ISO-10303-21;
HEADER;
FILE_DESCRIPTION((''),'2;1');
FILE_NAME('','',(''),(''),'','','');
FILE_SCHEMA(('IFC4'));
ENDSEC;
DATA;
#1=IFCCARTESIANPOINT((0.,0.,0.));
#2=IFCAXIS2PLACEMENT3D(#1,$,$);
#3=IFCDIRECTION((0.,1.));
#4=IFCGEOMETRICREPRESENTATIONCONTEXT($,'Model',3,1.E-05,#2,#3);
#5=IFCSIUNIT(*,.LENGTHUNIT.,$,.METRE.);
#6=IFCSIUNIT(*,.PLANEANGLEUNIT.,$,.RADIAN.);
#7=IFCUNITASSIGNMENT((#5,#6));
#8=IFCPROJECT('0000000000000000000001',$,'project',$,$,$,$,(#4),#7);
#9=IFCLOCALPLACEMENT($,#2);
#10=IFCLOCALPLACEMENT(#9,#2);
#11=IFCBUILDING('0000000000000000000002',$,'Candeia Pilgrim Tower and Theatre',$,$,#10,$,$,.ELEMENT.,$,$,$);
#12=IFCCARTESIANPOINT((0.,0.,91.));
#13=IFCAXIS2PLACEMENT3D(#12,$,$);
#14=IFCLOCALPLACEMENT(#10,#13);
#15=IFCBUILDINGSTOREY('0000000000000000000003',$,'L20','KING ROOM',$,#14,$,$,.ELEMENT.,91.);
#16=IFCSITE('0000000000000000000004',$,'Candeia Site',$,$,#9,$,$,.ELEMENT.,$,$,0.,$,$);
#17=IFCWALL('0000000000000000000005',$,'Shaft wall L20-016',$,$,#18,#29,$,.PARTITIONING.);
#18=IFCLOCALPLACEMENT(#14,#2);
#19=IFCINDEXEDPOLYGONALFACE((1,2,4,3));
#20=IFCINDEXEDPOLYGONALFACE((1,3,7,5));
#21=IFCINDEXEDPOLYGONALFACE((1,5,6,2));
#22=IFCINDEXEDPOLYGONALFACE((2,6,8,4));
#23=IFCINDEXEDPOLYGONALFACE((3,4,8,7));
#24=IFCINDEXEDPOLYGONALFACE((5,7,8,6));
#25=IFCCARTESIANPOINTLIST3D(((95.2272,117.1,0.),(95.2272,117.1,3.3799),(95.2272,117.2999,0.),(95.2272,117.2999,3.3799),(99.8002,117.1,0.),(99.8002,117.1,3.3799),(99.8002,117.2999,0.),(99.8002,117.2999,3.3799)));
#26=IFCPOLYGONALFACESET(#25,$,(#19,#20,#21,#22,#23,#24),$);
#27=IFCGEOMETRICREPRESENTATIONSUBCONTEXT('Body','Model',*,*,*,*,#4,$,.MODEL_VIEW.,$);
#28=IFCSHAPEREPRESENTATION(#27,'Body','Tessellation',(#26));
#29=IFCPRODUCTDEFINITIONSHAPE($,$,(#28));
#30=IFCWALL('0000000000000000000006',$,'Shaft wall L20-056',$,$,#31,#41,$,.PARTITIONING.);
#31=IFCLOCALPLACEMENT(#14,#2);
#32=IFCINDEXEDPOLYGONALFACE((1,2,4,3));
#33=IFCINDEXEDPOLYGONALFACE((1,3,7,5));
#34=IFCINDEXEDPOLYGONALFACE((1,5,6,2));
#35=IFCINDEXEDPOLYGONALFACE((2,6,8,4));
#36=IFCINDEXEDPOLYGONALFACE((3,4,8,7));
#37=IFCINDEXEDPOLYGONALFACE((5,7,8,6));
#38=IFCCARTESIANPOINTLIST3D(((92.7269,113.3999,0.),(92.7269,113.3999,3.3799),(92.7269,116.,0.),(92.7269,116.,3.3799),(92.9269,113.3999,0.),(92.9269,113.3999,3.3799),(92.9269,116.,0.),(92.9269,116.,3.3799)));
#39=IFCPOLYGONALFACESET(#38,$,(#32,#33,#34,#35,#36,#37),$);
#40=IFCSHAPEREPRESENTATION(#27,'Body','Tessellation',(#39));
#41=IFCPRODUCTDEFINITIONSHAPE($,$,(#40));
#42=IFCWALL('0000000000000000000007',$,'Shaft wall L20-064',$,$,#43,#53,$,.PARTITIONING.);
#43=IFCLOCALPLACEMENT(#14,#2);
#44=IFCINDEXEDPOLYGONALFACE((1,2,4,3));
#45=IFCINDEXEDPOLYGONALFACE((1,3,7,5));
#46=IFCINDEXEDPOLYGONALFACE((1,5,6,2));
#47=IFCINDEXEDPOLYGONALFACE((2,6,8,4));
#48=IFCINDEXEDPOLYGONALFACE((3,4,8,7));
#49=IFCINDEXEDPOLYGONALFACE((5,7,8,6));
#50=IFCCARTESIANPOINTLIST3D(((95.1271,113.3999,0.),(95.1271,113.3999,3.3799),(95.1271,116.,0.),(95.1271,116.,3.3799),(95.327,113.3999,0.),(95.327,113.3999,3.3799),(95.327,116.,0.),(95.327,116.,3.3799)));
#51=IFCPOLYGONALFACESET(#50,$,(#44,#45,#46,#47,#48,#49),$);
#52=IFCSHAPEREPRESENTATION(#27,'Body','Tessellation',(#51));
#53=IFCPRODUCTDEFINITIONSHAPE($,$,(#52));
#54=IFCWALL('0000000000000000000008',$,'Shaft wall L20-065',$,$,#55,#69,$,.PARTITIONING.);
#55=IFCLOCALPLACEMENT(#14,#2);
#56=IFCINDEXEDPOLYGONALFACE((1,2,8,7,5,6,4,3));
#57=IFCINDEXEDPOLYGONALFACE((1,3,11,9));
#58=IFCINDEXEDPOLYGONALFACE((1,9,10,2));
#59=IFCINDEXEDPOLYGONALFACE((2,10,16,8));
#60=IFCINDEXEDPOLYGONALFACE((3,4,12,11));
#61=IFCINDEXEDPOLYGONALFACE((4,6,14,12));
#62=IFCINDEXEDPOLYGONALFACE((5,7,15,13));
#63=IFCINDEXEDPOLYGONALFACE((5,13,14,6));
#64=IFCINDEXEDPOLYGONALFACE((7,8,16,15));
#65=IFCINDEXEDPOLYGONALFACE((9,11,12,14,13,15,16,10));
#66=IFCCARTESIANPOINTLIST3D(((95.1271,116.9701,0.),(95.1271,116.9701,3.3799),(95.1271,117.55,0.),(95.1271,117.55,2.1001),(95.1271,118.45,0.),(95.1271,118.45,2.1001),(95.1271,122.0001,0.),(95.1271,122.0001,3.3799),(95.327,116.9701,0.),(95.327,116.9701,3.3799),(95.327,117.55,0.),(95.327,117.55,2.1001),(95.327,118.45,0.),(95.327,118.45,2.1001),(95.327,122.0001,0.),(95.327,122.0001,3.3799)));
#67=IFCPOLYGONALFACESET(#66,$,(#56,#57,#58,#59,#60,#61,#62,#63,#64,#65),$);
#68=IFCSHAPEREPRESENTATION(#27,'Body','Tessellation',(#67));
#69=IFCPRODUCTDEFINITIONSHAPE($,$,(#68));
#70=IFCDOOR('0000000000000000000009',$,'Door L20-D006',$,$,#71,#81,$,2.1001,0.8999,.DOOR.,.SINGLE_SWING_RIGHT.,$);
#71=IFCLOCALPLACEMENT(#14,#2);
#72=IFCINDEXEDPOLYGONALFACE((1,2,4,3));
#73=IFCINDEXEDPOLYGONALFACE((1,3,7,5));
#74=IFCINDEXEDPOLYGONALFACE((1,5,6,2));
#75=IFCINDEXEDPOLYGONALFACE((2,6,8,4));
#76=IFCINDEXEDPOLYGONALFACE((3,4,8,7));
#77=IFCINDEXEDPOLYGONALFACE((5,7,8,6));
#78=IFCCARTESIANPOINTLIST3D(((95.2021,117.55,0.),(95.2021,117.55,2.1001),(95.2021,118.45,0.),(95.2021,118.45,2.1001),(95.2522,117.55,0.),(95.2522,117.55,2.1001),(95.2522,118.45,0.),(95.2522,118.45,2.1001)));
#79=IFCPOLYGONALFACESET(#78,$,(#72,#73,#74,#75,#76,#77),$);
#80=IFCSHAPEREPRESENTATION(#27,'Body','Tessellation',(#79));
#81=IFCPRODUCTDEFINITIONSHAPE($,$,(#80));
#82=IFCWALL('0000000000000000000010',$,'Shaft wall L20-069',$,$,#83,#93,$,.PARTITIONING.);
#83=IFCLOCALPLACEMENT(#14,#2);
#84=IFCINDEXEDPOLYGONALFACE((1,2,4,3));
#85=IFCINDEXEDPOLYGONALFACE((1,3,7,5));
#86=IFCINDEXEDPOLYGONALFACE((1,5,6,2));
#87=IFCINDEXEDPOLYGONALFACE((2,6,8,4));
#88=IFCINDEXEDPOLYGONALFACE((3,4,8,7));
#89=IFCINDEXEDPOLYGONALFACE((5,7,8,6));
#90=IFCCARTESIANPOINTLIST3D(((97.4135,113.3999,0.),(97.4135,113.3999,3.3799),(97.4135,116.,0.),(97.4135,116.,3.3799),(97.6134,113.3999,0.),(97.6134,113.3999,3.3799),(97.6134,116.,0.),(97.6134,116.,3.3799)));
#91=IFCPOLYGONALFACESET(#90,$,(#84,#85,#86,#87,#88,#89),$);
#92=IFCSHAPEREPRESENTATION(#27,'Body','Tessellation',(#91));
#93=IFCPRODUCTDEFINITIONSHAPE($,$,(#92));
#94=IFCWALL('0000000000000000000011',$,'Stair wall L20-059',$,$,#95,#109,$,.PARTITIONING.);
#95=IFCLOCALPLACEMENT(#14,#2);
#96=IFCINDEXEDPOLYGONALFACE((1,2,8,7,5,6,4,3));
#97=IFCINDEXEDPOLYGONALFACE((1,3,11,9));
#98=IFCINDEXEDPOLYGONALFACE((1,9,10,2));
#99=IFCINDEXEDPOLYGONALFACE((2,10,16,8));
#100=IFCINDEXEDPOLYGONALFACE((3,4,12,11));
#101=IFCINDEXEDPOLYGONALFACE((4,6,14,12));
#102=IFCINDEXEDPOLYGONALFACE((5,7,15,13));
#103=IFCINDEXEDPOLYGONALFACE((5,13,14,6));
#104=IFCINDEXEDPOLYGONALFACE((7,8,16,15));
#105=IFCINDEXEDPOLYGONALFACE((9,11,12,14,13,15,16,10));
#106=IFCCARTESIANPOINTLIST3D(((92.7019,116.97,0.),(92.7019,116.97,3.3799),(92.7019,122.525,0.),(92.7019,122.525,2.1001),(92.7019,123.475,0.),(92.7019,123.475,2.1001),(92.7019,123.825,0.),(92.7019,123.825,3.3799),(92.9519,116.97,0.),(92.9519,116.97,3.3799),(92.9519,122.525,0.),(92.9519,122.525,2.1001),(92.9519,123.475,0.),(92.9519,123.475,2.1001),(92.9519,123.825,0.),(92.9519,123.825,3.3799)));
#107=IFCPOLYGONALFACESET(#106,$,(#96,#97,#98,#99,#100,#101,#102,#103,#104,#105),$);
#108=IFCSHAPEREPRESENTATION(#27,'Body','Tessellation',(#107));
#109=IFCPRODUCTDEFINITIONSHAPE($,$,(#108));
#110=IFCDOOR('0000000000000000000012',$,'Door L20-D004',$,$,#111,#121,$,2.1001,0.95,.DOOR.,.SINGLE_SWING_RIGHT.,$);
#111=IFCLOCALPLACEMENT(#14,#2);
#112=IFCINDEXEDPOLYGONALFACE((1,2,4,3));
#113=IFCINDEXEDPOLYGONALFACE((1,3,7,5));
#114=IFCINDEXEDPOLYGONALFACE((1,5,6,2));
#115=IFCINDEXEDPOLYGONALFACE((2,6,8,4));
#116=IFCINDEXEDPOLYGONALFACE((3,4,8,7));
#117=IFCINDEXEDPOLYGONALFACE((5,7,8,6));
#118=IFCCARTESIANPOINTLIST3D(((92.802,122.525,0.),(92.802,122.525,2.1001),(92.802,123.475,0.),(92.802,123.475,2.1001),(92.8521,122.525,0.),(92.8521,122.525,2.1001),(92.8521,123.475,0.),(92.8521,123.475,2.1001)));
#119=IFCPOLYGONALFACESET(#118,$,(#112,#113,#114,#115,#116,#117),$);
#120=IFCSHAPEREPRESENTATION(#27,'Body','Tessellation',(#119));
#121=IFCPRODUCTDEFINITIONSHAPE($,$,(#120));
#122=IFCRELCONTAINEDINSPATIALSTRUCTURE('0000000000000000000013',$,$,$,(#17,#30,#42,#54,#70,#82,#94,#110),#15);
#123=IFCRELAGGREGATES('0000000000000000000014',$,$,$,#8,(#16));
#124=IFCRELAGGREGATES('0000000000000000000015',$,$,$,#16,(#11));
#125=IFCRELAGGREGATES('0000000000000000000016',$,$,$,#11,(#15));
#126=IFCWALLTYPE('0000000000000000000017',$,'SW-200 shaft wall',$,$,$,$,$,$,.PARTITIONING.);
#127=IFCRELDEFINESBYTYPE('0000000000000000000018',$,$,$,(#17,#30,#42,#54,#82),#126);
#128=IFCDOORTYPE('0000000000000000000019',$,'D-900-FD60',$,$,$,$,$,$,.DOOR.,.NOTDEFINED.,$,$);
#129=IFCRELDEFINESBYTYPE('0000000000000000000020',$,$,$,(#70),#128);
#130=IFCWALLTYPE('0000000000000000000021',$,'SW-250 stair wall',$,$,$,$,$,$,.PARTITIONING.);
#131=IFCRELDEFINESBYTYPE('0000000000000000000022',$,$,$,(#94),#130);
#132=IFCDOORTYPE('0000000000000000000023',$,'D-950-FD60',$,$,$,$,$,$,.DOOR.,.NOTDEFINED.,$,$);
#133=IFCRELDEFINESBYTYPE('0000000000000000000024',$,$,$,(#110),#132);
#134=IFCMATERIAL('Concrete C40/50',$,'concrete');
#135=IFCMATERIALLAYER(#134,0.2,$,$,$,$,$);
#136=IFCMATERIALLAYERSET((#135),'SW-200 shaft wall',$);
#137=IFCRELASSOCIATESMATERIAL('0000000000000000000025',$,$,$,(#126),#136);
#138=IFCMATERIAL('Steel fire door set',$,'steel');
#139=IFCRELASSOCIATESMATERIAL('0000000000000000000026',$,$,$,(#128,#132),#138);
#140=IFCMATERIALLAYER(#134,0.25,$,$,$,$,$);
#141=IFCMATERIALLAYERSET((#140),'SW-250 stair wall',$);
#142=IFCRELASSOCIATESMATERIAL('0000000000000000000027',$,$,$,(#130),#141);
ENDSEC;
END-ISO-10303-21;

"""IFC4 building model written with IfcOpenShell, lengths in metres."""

from ifc_helpers import new_model, si_unit, direction, frame, frame_2d, origin, place, context, subcontext, project, spatial, rectangle, extrude, material, layer, layer_set, type_object, element, fill, save


model = new_model("IFC4")

# Units and contexts
model_context = context("Model", 3, precision=1e-05, world=origin(), true_north=direction((0.0, 1.0)))
body_context = subcontext(model_context, "Body", "Model", "MODEL_VIEW")
ifc_project = project(units=[si_unit("LENGTHUNIT", "METRE"), si_unit("PLANEANGLEUNIT", "RADIAN")], contexts=[model_context])

# Site, building, storey
site_placement = place(None, origin())
site = spatial("IfcSite", under=ifc_project, at=site_placement, Name="Candeia Site", CompositionType="ELEMENT", RefElevation=0.0)
building_placement = place(site_placement, origin())
building = spatial("IfcBuilding", under=site, at=building_placement, Name="Candeia Pilgrim Tower and Theatre", CompositionType="ELEMENT")
storey_placement = place(building_placement, frame((0.0, 0.0, 91.0)))
storey = spatial("IfcBuildingStorey", under=building, at=storey_placement, Name="L20", Description="KING ROOM", CompositionType="ELEMENT", Elevation=91.0)

# Shared definitions
ifc_material_1 = material(Name="Steel fire door set", Category="steel")

# Shared definitions
ifc_material_2 = material(Name="Concrete C40/50", Category="concrete")
ifc_layer_1 = layer(ifc_material_2, 0.2)
ifc_layer_set_1 = layer_set([ifc_layer_1], Name="SW-200 shaft wall")
wall_type_1 = type_object("IfcWallType", Name="SW-200 shaft wall", PredefinedType="PARTITIONING", material=ifc_layer_set_1)

# Walls
wall_1_placement = place(storey_placement, frame((95.2271, 117.2, 0.0), z_axis=(0.0, 0.0, 1.0), x_axis=(1.0, 0.0, 0.0)))
element("IfcWall", 1, at=wall_1_placement, inside=storey, type_object=wall_type_1, Name="Shaft wall L20-016", PredefinedType="PARTITIONING", context=body_context, shape_type="SweptSolid", body=[
    extrude(rectangle(XDim=4.573, YDim=0.2, at=frame_2d((2.2866, 0.0))), origin(), (0.0, 0.0, 1.0), 3.3799),
])
for number, where, z_axis, x_axis, name in (
    (2, (92.8269, 113.3999, 0.0), (0.0, 0.0, 1.0), (0.0, 1.0, 0.0), "Shaft wall L20-056"),
    (3, (95.2271, 113.3999, 0.0), (0.0, 0.0, 1.0), (0.0, 1.0, 0.0), "Shaft wall L20-064"),
):
    element("IfcWall", number, at=place(storey_placement, frame(where, z_axis=z_axis, x_axis=x_axis)), inside=storey, type_object=wall_type_1, Name=name, PredefinedType="PARTITIONING", context=body_context, shape_type="SweptSolid", body=[
        extrude(rectangle(XDim=2.6001, YDim=0.2, at=frame_2d((1.3, 0.0))), origin(), (0.0, 0.0, 1.0), 3.3799),
    ])

# Wall, opening, door
wall_2_placement = place(storey_placement, frame((95.2271, 116.97, 0.0), z_axis=(0.0, 0.0, 1.0), x_axis=(0.0, 1.0, 0.0)))
wall_2 = element("IfcWall", 4, at=wall_2_placement, inside=storey, type_object=wall_type_1, Name="Shaft wall L20-065", PredefinedType="PARTITIONING", context=body_context, shape_type="SweptSolid", body=[
    extrude(rectangle(XDim=5.03, YDim=0.2, at=frame_2d((2.5151, 0.0))), origin(), (0.0, 0.0, 1.0), 3.3799),
])
opening_1_placement = place(wall_2_placement, frame((0.5801, 0.0, 0.0)))
opening_1 = element("IfcOpeningElement", 5, at=opening_1_placement, cuts=wall_2, PredefinedType="OPENING", context=body_context, shape_type="SweptSolid", body=[
    extrude(rectangle(XDim=0.8999, YDim=2.1001, at=frame_2d((0.45, 1.05))), frame((0.0, 0.1099, 0.0), z_axis=(0.0, -1.0, 0.0), x_axis=(1.0, 0.0, 0.0)), (0.0, 0.0, 1.0), 0.22),
])
door_type_1 = type_object("IfcDoorType", Name="D-900-FD60", OperationType="NOTDEFINED", PredefinedType="DOOR", material=ifc_material_1)
door_1_placement = place(opening_1_placement, origin())
door_1 = element("IfcDoor", 6, at=door_1_placement, inside=storey, type_object=door_type_1, Name="Door L20-D006", OperationType="SINGLE_SWING_RIGHT", OverallHeight=2.1001, OverallWidth=0.8999, PredefinedType="DOOR", context=body_context, shape_type="SweptSolid", body=[
    extrude(rectangle(XDim=0.8999, YDim=2.1001, at=frame_2d((0.45, 1.05))), frame((0.0, 0.0249, 0.0), z_axis=(0.0, -1.0, 0.0), x_axis=(1.0, 0.0, 0.0)), (0.0, 0.0, 1.0), 0.05),
])
fill(opening_1, door_1)

# Wall
wall_3_placement = place(storey_placement, frame((97.5134, 113.3999, 0.0), z_axis=(0.0, 0.0, 1.0), x_axis=(0.0, 1.0, 0.0)))
element("IfcWall", 7, at=wall_3_placement, inside=storey, type_object=wall_type_1, Name="Shaft wall L20-069", PredefinedType="PARTITIONING", context=body_context, shape_type="SweptSolid", body=[
    extrude(rectangle(XDim=2.6001, YDim=0.2, at=frame_2d((1.3, 0.0))), origin(), (0.0, 0.0, 1.0), 3.3799),
])

# Wall, opening, door
ifc_layer_2 = layer(ifc_material_2, 0.25)
ifc_layer_set_2 = layer_set([ifc_layer_2], Name="SW-250 stair wall")
wall_type_2 = type_object("IfcWallType", Name="SW-250 stair wall", PredefinedType="PARTITIONING", material=ifc_layer_set_2)
wall_4_placement = place(storey_placement, frame((92.8269, 116.97, 0.0), z_axis=(0.0, 0.0, 1.0), x_axis=(0.0, 1.0, 0.0)))
wall_4 = element("IfcWall", 8, at=wall_4_placement, inside=storey, type_object=wall_type_2, Name="Stair wall L20-059", PredefinedType="PARTITIONING", context=body_context, shape_type="SweptSolid", body=[
    extrude(rectangle(XDim=6.855, YDim=0.25, at=frame_2d((3.4275, 0.0))), origin(), (0.0, 0.0, 1.0), 3.3799),
])
opening_2_placement = place(wall_4_placement, frame((5.5549, 0.0, 0.0)))
opening_2 = element("IfcOpeningElement", 9, at=opening_2_placement, cuts=wall_4, PredefinedType="OPENING", context=body_context, shape_type="SweptSolid", body=[
    extrude(rectangle(XDim=0.95, YDim=2.1001, at=frame_2d((0.4751, 1.05))), frame((0.0, 0.135, 0.0), z_axis=(0.0, -1.0, 0.0), x_axis=(1.0, 0.0, 0.0)), (0.0, 0.0, 1.0), 0.27),
])
door_type_2 = type_object("IfcDoorType", Name="D-950-FD60", OperationType="NOTDEFINED", PredefinedType="DOOR", material=ifc_material_1)
door_2_placement = place(opening_2_placement, origin())
door_2 = element("IfcDoor", 10, at=door_2_placement, inside=storey, type_object=door_type_2, Name="Door L20-D004", OperationType="SINGLE_SWING_RIGHT", OverallHeight=2.1001, OverallWidth=0.95, PredefinedType="DOOR", context=body_context, shape_type="SweptSolid", body=[
    extrude(rectangle(XDim=0.95, YDim=2.1001, at=frame_2d((0.4751, 1.05))), frame((0.0, 0.0249, 0.0), z_axis=(0.0, -1.0, 0.0), x_axis=(1.0, 0.0, 0.0)), (0.0, 0.0, 1.0), 0.05),
])
fill(opening_2, door_2)

save(model, "model.ifc")
